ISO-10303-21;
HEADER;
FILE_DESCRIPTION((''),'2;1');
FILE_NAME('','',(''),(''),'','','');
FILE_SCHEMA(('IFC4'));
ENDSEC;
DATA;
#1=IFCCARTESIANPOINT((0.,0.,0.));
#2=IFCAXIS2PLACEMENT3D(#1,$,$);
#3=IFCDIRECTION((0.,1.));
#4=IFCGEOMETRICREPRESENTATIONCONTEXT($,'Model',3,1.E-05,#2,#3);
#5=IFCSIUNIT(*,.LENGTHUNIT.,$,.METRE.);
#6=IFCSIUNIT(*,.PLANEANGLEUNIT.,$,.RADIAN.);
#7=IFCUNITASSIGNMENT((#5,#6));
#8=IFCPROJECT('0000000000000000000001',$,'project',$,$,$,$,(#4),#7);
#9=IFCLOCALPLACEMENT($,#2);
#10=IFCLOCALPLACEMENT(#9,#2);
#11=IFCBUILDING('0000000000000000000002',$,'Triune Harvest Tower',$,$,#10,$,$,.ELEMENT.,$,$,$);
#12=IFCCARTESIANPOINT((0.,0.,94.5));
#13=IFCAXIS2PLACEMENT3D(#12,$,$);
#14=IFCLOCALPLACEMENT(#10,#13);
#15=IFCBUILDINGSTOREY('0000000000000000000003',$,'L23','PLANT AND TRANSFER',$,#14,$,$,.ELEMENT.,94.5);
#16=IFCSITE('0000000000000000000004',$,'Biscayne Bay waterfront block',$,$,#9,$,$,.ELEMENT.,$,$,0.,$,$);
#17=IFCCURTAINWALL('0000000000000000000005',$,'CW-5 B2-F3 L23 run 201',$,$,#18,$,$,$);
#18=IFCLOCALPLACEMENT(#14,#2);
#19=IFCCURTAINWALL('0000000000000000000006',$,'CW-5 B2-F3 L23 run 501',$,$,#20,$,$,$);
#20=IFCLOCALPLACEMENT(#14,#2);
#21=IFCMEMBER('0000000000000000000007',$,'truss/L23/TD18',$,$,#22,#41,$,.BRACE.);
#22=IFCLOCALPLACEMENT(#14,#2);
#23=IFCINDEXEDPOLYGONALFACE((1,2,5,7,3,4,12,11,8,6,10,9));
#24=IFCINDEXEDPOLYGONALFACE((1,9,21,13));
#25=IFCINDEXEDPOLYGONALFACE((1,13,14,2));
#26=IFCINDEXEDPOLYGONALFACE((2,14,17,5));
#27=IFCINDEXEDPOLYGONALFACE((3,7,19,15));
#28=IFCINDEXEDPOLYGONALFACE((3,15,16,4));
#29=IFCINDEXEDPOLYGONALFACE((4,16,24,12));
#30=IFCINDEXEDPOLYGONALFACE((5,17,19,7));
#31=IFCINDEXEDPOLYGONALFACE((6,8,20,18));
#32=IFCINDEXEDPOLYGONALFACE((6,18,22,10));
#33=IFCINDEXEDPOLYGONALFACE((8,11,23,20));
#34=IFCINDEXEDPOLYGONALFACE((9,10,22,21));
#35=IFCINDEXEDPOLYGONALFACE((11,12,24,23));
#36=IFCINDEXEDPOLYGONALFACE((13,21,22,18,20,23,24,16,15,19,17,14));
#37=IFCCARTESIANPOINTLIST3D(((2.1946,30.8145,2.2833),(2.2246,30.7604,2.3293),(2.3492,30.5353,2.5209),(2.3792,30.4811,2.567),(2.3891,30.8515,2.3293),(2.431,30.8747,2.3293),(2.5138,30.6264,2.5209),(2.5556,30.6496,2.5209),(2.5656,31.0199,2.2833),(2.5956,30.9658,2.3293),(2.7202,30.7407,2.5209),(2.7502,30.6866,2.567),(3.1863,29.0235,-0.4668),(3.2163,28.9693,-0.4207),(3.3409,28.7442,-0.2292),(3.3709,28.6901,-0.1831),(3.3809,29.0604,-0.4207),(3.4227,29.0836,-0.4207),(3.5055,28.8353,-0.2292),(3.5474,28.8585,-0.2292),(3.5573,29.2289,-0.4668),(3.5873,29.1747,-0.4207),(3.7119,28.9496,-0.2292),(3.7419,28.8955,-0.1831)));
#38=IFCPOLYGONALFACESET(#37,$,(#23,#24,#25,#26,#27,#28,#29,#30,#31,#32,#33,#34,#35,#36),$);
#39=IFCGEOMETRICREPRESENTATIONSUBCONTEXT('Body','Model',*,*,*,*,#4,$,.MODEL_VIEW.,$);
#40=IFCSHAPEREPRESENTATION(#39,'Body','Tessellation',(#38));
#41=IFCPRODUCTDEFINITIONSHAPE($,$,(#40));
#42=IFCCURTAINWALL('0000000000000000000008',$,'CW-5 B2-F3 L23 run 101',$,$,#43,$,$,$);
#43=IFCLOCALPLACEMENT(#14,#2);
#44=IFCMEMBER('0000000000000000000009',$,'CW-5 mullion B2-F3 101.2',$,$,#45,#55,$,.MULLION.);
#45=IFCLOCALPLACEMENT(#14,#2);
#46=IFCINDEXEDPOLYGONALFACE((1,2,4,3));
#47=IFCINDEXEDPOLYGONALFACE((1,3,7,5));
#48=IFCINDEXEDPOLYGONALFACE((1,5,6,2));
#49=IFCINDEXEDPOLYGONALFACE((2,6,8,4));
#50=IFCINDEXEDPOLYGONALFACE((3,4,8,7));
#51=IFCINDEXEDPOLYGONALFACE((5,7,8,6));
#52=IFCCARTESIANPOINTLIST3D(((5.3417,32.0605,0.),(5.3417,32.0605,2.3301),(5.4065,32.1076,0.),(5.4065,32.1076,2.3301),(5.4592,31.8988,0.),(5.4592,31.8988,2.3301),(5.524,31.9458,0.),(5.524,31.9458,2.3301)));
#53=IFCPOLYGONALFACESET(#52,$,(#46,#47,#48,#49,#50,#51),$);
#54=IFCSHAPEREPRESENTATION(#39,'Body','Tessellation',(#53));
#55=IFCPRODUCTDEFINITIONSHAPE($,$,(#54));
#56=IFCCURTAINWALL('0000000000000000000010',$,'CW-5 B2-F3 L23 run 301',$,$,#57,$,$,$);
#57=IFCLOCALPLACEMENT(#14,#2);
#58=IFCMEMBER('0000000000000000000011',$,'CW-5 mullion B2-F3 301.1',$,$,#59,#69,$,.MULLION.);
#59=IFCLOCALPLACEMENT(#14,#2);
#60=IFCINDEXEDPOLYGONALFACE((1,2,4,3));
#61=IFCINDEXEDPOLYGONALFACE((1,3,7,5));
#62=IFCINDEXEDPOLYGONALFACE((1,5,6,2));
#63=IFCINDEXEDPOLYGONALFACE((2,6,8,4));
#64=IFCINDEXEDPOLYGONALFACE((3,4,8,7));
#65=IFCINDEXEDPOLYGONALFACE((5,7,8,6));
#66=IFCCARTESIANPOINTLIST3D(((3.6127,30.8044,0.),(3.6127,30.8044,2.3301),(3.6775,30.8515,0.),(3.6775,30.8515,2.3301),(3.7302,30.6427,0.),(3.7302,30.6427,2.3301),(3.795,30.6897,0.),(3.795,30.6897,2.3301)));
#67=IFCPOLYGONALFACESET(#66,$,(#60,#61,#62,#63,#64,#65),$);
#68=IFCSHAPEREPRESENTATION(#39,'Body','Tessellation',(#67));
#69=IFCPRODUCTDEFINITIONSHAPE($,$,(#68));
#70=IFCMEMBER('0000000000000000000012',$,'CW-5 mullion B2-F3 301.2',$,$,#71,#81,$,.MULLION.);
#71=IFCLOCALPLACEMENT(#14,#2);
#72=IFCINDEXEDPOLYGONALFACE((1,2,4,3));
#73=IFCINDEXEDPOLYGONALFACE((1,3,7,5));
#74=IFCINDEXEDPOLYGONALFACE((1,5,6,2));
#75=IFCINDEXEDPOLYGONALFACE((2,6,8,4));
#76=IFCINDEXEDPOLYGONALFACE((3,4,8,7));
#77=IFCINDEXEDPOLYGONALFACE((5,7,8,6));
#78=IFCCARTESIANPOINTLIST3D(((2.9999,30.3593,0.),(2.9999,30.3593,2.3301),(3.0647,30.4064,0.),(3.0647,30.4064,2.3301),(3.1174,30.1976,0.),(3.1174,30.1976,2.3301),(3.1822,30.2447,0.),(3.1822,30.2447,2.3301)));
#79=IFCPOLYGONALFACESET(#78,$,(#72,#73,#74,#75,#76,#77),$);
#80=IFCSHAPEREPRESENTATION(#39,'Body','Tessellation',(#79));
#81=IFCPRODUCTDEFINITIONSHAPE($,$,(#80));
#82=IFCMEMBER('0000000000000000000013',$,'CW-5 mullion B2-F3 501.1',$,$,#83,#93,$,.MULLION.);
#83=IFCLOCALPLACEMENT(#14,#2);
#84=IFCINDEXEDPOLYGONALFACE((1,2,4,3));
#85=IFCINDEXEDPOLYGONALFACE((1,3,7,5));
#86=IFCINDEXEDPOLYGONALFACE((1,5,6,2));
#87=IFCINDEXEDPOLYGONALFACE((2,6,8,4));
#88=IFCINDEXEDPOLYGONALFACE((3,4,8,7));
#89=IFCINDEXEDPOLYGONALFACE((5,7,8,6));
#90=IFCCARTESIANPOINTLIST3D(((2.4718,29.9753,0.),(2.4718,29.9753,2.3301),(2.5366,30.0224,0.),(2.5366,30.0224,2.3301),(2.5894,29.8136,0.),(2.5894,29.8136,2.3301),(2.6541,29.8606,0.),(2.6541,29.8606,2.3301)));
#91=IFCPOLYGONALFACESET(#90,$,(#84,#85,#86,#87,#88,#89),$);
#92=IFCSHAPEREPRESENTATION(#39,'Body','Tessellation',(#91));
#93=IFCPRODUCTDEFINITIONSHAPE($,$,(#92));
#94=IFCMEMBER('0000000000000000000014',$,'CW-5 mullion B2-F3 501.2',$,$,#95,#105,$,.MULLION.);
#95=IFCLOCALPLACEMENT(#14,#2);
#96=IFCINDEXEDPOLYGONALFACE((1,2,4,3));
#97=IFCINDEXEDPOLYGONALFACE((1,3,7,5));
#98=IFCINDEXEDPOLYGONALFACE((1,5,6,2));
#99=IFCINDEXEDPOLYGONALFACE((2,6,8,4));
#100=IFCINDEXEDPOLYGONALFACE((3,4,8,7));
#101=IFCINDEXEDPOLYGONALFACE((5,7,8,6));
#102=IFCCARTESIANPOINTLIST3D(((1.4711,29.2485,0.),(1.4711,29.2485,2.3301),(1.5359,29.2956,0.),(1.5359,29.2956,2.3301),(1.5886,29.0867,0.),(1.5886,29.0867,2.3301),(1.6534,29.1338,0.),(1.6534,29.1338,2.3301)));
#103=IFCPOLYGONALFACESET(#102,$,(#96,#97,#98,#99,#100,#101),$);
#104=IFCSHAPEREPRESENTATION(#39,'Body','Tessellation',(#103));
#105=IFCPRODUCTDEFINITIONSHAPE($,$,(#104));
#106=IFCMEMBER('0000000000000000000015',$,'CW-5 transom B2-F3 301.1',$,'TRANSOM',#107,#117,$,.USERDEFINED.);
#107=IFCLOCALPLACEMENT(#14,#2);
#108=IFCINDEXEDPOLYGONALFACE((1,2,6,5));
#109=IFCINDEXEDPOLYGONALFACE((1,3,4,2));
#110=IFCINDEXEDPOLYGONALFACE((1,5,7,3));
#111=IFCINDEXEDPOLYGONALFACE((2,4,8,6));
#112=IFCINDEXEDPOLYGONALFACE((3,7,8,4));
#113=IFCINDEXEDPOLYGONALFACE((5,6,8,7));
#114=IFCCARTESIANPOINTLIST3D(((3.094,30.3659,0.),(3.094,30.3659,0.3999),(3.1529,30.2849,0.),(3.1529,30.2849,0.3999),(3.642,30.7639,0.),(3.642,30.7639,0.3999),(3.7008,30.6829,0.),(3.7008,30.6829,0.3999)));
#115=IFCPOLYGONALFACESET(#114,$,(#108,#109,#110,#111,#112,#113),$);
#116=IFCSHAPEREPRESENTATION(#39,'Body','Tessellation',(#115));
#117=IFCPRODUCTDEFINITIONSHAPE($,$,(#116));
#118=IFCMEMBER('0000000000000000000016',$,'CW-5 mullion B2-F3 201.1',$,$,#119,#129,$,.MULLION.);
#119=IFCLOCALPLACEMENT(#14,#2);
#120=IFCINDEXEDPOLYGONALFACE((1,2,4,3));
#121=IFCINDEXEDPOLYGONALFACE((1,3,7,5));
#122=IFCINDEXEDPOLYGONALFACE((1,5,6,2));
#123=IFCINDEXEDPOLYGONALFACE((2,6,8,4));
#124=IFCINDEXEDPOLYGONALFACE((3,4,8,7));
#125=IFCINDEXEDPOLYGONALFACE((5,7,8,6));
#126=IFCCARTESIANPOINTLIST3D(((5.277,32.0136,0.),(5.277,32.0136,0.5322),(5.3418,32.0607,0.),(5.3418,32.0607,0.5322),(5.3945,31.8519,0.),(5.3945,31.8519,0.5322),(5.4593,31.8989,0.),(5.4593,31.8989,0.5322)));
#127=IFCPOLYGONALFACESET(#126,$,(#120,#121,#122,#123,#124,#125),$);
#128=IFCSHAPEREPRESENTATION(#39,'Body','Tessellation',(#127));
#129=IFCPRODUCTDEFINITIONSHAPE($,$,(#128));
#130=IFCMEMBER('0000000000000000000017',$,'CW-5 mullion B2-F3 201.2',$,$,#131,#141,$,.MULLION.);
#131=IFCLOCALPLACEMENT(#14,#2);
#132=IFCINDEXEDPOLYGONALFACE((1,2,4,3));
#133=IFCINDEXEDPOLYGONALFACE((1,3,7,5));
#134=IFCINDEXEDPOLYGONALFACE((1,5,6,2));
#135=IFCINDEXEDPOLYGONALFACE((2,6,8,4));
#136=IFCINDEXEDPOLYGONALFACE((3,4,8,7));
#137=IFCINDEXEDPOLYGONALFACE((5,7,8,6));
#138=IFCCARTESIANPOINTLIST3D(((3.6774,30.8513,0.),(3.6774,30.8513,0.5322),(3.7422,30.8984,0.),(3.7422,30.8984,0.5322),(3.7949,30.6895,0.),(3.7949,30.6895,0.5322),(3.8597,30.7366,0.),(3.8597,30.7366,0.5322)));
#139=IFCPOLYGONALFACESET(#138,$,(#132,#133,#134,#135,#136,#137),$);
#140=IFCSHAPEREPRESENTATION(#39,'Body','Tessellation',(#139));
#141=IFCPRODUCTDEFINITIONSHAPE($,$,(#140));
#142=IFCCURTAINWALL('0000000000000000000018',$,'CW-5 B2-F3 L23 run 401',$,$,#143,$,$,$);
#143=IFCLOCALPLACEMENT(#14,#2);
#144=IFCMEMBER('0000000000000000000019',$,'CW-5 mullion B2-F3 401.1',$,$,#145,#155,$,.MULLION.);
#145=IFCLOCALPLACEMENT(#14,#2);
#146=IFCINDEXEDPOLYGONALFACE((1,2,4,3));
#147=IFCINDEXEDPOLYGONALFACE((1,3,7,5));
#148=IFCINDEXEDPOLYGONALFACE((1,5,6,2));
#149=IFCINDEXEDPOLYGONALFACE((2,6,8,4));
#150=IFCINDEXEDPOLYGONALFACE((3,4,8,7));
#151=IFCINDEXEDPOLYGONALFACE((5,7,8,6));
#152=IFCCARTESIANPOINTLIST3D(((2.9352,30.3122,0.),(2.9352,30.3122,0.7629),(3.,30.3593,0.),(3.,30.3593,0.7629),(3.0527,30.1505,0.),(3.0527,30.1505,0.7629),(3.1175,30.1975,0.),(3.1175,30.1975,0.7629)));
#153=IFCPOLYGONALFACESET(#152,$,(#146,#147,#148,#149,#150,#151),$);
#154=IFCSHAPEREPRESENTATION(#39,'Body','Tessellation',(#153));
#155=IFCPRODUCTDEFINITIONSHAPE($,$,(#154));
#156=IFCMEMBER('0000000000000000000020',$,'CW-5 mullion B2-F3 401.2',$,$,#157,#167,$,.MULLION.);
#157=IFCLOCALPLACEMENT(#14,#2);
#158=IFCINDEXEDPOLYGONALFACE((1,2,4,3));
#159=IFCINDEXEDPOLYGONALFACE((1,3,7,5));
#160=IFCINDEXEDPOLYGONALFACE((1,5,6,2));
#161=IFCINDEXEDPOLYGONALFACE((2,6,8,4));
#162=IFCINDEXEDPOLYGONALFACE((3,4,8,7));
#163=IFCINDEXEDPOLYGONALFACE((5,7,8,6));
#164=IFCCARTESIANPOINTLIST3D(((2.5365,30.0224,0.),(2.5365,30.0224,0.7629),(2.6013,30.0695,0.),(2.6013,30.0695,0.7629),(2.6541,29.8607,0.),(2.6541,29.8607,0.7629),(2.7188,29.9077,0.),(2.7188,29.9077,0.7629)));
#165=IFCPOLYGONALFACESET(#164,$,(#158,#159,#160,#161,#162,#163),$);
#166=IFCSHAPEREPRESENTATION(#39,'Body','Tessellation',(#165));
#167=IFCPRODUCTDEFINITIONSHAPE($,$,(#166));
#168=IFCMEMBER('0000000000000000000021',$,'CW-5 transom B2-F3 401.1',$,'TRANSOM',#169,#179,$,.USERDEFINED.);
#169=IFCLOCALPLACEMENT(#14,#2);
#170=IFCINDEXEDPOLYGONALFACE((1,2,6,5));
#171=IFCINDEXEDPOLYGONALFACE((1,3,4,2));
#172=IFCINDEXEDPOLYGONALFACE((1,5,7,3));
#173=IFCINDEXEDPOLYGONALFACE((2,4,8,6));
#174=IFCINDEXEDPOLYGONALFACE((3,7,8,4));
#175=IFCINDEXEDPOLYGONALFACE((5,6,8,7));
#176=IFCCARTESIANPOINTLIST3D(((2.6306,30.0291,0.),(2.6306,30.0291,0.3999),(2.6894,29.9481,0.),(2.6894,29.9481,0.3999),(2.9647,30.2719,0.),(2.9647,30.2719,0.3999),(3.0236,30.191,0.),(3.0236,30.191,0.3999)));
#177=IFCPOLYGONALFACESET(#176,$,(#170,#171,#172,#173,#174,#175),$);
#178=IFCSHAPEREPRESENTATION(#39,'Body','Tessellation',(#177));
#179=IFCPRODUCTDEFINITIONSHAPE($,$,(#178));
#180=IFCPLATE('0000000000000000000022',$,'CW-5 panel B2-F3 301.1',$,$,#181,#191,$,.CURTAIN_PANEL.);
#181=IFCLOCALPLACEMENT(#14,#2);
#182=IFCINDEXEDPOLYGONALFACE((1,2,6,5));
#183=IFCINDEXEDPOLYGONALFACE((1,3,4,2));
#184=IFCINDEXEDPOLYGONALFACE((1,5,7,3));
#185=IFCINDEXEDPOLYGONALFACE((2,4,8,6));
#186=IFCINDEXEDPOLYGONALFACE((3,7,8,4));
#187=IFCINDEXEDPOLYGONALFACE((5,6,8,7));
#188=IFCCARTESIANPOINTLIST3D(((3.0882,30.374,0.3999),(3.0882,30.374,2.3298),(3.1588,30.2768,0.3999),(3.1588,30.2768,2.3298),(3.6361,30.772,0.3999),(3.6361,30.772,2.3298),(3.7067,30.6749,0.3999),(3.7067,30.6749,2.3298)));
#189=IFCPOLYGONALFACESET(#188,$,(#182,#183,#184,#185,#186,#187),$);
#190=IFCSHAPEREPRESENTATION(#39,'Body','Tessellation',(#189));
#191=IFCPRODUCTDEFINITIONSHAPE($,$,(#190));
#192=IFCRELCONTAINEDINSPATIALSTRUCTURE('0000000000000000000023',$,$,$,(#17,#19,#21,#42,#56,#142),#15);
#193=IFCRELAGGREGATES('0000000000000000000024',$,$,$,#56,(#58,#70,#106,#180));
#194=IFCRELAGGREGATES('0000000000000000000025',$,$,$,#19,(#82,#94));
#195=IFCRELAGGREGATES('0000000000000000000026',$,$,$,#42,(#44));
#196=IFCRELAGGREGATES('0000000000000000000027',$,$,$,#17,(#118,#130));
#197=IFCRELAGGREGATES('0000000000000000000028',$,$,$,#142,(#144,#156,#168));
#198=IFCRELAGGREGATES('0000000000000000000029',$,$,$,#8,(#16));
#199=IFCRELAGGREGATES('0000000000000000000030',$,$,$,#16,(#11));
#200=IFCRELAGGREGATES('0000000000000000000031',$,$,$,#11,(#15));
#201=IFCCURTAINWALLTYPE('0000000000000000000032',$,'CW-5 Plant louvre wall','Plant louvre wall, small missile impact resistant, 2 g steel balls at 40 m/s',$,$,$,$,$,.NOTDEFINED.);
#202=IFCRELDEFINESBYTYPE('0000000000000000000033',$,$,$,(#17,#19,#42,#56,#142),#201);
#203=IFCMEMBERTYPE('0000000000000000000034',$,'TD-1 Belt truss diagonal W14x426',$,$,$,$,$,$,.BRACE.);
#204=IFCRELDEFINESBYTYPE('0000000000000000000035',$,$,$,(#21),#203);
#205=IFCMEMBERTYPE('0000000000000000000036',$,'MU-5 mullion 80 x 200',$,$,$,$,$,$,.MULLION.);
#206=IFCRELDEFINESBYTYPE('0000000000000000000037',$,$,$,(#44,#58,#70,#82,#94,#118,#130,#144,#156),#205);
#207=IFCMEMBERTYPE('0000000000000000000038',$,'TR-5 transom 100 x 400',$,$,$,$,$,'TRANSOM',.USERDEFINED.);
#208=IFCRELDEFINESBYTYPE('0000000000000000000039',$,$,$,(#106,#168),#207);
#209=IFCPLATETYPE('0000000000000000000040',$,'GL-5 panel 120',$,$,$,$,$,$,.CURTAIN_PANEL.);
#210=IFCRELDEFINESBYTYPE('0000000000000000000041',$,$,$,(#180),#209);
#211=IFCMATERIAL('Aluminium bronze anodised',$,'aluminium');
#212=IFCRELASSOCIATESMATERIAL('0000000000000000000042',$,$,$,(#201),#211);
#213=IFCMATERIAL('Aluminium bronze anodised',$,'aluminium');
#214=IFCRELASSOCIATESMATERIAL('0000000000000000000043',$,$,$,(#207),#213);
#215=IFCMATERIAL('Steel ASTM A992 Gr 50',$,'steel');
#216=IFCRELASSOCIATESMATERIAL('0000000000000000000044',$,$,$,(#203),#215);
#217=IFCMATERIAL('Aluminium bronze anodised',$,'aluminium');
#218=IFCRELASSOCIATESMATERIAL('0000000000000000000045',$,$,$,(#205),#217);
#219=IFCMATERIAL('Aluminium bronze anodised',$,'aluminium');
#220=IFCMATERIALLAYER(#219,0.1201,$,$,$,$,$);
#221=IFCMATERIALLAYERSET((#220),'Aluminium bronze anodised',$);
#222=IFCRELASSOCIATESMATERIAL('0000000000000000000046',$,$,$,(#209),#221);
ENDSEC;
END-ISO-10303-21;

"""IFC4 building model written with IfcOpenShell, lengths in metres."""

from ifc_helpers import new_model, si_unit, direction, frame, origin, origin_2d, place, context, subcontext, project, spatial, rectangle, i_section, extrude, source, transform, mapped, material, layer, layer_set, material_profile, profile_set, type_object, element, aggregate, save


model = new_model("IFC4")

# Units and contexts
model_context = context("Model", 3, precision=1e-05, world=origin(), true_north=direction((0.0, 1.0)))
body_context = subcontext(model_context, "Body", "Model", "MODEL_VIEW")
ifc_project = project(units=[si_unit("LENGTHUNIT", "METRE"), si_unit("PLANEANGLEUNIT", "RADIAN")], contexts=[model_context])

# Site, building, storey
site_placement = place(None, origin())
site = spatial("IfcSite", under=ifc_project, at=site_placement, Name="Biscayne Bay waterfront block", CompositionType="ELEMENT", RefElevation=0.0)
building_placement = place(site_placement, origin())
building = spatial("IfcBuilding", under=site, at=building_placement, Name="Triune Harvest Tower", CompositionType="ELEMENT")
storey_placement = place(building_placement, frame((0.0, 0.0, 94.5)))
storey = spatial("IfcBuildingStorey", under=building, at=storey_placement, Name="L23", Description="PLANT AND TRANSFER", CompositionType="ELEMENT", Elevation=94.5)

# Curtain walls
ifc_material_1 = material(Name="Aluminium bronze anodised", Category="aluminium")
curtain_wall_type = type_object("IfcCurtainWallType", Name="CW-5 Plant louvre wall", Description="Plant louvre wall, small missile impact resistant, 2 g steel balls at 40 m/s", PredefinedType="NOTDEFINED", material=ifc_material_1)
curtain_wall_1_placement = place(storey_placement, origin())
curtain_wall_1 = element("IfcCurtainWall", 1, at=curtain_wall_1_placement, inside=storey, type_object=curtain_wall_type, Name="CW-5 B2-F3 L23 run 201")
ifc_material_2 = material(Name="Aluminium bronze anodised", Category="aluminium")
ifc_material_profile_1 = material_profile(ifc_material_2, rectangle(XDim=0.1001, YDim=0.3999, at=origin_2d()), Name="TR-5 transom 100 x 400")
ifc_profile_set_1 = profile_set([ifc_material_profile_1], Name="Aluminium bronze anodised")
member_type_1 = type_object("IfcMemberType", Name="TR-5 transom 100 x 400", ElementType="TRANSOM", PredefinedType="USERDEFINED", material=ifc_profile_set_1)
curtain_wall_2_placement = place(storey_placement, origin())
curtain_wall_2 = element("IfcCurtainWall", 2, at=curtain_wall_2_placement, inside=storey, type_object=curtain_wall_type, Name="CW-5 B2-F3 L23 run 501")

# Member
ifc_material_3 = material(Name="Steel ASTM A992 Gr 50", Category="steel")
ifc_material_profile_2 = material_profile(ifc_material_3, i_section(OverallWidth=0.4241, OverallDepth=0.4751, WebThickness=0.0479, FlangeThickness=0.0771, at=origin_2d()), Name="W14x426")
ifc_profile_set_2 = profile_set([ifc_material_profile_2], Name="Steel ASTM A992 Gr 50")
member_type_2 = type_object("IfcMemberType", Name="TD-1 Belt truss diagonal W14x426", PredefinedType="BRACE", material=ifc_profile_set_2)
shared_shape_1 = source(origin(), body_context, "Body", "SweptSolid", [
    extrude(i_section(OverallWidth=0.4241, OverallDepth=0.4751, WebThickness=0.0479, FlangeThickness=0.0771, at=origin_2d()), origin(), (0.0, 0.0, 1.0), 3.4285),
])
member_1_placement = place(storey_placement, frame((3.4641, 28.9595, -0.325), z_axis=(-0.289263, 0.522411, 0.802131), x_axis=(-0.874843, -0.484407, 0.0)))
element("IfcMember", 3, at=member_1_placement, inside=storey, type_object=member_type_2, Name="truss/L23/TD18", PredefinedType="BRACE", context=body_context, shape_type="MappedRepresentation", body=[
    mapped(shared_shape_1, transform((0.0, 0.0, 0.0), scale=1.0)),
])

# Curtain wall, member
curtain_wall_3_placement = place(storey_placement, origin())
curtain_wall_3 = element("IfcCurtainWall", 4, at=curtain_wall_3_placement, inside=storey, type_object=curtain_wall_type, Name="CW-5 B2-F3 L23 run 101")
ifc_material_4 = material(Name="Aluminium bronze anodised", Category="aluminium")
ifc_material_profile_3 = material_profile(ifc_material_4, rectangle(XDim=0.2, YDim=0.0801, at=origin_2d()), Name="MU-5 mullion 80 x 200")
ifc_profile_set_3 = profile_set([ifc_material_profile_3], Name="Aluminium bronze anodised")
member_type_3 = type_object("IfcMemberType", Name="MU-5 mullion 80 x 200", PredefinedType="MULLION", material=ifc_profile_set_3)
shared_shape_2 = source(origin(), body_context, "Body", "SweptSolid", [
    extrude(rectangle(XDim=0.2, YDim=0.0801, at=origin_2d()), origin(), (0.0, 0.0, 1.0), 2.3301),
])
member_2_placement = place(storey_placement, frame((5.4329, 32.0032, 0.0), z_axis=(0.0, 0.0, 1.0), x_axis=(0.587791, -0.809013, 0.0)))
member_2 = element("IfcMember", 5, at=member_2_placement, type_object=member_type_3, Name="CW-5 mullion B2-F3 101.2", PredefinedType="MULLION", context=body_context, shape_type="MappedRepresentation", body=[
    mapped(shared_shape_2, transform((0.0, 0.0, 0.0), scale=1.0)),
])

# Curtain wall, members
curtain_wall_4_placement = place(storey_placement, origin())
curtain_wall_4 = element("IfcCurtainWall", 6, at=curtain_wall_4_placement, inside=storey, type_object=curtain_wall_type, Name="CW-5 B2-F3 L23 run 301")
member_3_placement = place(storey_placement, frame((3.7039, 30.7471, 0.0), z_axis=(0.0, 0.0, 1.0), x_axis=(0.587795, -0.80901, 0.0)))
member_3 = element("IfcMember", 7, at=member_3_placement, type_object=member_type_3, Name="CW-5 mullion B2-F3 301.1", PredefinedType="MULLION", context=body_context, shape_type="MappedRepresentation", body=[
    mapped(shared_shape_2, transform((0.0, 0.0, 0.0), scale=1.0)),
])
member_4_placement = place(storey_placement, frame((3.0911, 30.302, 0.0), z_axis=(0.0, 0.0, 1.0), x_axis=(0.587795, -0.80901, 0.0)))
member_4 = element("IfcMember", 8, at=member_4_placement, type_object=member_type_3, Name="CW-5 mullion B2-F3 301.2", PredefinedType="MULLION", context=body_context, shape_type="MappedRepresentation", body=[
    mapped(shared_shape_2, transform((0.0, 0.0, 0.0), scale=1.0)),
])

# Members
member_5_placement = place(storey_placement, frame((2.563, 29.918, 0.0), z_axis=(0.0, 0.0, 1.0), x_axis=(0.587792, -0.809012, 0.0)))
member_5 = element("IfcMember", 9, at=member_5_placement, type_object=member_type_3, Name="CW-5 mullion B2-F3 501.1", PredefinedType="MULLION", context=body_context, shape_type="MappedRepresentation", body=[
    mapped(shared_shape_2, transform((0.0, 0.0, 0.0), scale=1.0)),
])
member_6_placement = place(storey_placement, frame((1.5623, 29.1912, 0.0), z_axis=(0.0, 0.0, 1.0), x_axis=(0.587792, -0.809012, 0.0)))
member_6 = element("IfcMember", 10, at=member_6_placement, type_object=member_type_3, Name="CW-5 mullion B2-F3 501.2", PredefinedType="MULLION", context=body_context, shape_type="MappedRepresentation", body=[
    mapped(shared_shape_2, transform((0.0, 0.0, 0.0), scale=1.0)),
])
shared_shape_3 = source(origin(), body_context, "Body", "SweptSolid", [
    extrude(rectangle(XDim=0.1001, YDim=0.3999, at=origin_2d()), origin(), (0.0, 0.0, 1.0), 0.6772),
])
member_7_placement = place(storey_placement, frame((3.6714, 30.7234, 0.2), z_axis=(-0.809079, -0.5877, 0.0), x_axis=(0.5877, -0.809079, 0.0)))
member_7 = element("IfcMember", 11, at=member_7_placement, type_object=member_type_1, Name="CW-5 transom B2-F3 301.1", ObjectType="TRANSOM", PredefinedType="USERDEFINED", context=body_context, shape_type="MappedRepresentation", body=[
    mapped(shared_shape_3, transform((0.0, 0.0, 0.0), scale=1.0)),
])
shared_shape_4 = source(origin(), body_context, "Body", "SweptSolid", [
    extrude(rectangle(XDim=0.2, YDim=0.0801, at=origin_2d()), origin(), (0.0, 0.0, 1.0), 0.5322),
])
member_8_placement = place(storey_placement, frame((5.3682, 31.9563, 0.0), z_axis=(0.0, 0.0, 1.0), x_axis=(0.587767, -0.80903, 0.0)))
member_8 = element("IfcMember", 12, at=member_8_placement, type_object=member_type_3, Name="CW-5 mullion B2-F3 201.1", PredefinedType="MULLION", context=body_context, shape_type="MappedRepresentation", body=[
    mapped(shared_shape_4, transform((0.0, 0.0, 0.0), scale=1.0)),
])
member_9_placement = place(storey_placement, frame((3.7686, 30.7939, 0.0), z_axis=(0.0, 0.0, 1.0), x_axis=(0.587767, -0.80903, 0.0)))
member_9 = element("IfcMember", 13, at=member_9_placement, type_object=member_type_3, Name="CW-5 mullion B2-F3 201.2", PredefinedType="MULLION", context=body_context, shape_type="MappedRepresentation", body=[
    mapped(shared_shape_4, transform((0.0, 0.0, 0.0), scale=1.0)),
])

# Curtain wall, members
curtain_wall_5_placement = place(storey_placement, origin())
curtain_wall_5 = element("IfcCurtainWall", 14, at=curtain_wall_5_placement, inside=storey, type_object=curtain_wall_type, Name="CW-5 B2-F3 L23 run 401")
shared_shape_5 = source(origin(), body_context, "Body", "SweptSolid", [
    extrude(rectangle(XDim=0.2, YDim=0.0801, at=origin_2d()), origin(), (0.0, 0.0, 1.0), 0.7629),
])
member_10_placement = place(storey_placement, frame((3.0264, 30.2549, 0.0), z_axis=(0.0, 0.0, 1.0), x_axis=(0.58784, -0.808978, 0.0)))
member_10 = element("IfcMember", 15, at=member_10_placement, type_object=member_type_3, Name="CW-5 mullion B2-F3 401.1", PredefinedType="MULLION", context=body_context, shape_type="MappedRepresentation", body=[
    mapped(shared_shape_5, transform((0.0, 0.0, 0.0), scale=1.0)),
])
member_11_placement = place(storey_placement, frame((2.6277, 29.9651, 0.0), z_axis=(0.0, 0.0, 1.0), x_axis=(0.58784, -0.808978, 0.0)))
member_11 = element("IfcMember", 16, at=member_11_placement, type_object=member_type_3, Name="CW-5 mullion B2-F3 401.2", PredefinedType="MULLION", context=body_context, shape_type="MappedRepresentation", body=[
    mapped(shared_shape_5, transform((0.0, 0.0, 0.0), scale=1.0)),
])
shared_shape_6 = source(origin(), body_context, "Body", "SweptSolid", [
    extrude(rectangle(XDim=0.1001, YDim=0.3999, at=origin_2d()), origin(), (0.0, 0.0, 1.0), 0.4131),
])
member_12_placement = place(storey_placement, frame((2.9941, 30.2314, 0.2), z_axis=(-0.808915, -0.587926, 0.0), x_axis=(0.587926, -0.808915, 0.0)))
member_12 = element("IfcMember", 17, at=member_12_placement, type_object=member_type_1, Name="CW-5 transom B2-F3 401.1", ObjectType="TRANSOM", PredefinedType="USERDEFINED", context=body_context, shape_type="MappedRepresentation", body=[
    mapped(shared_shape_6, transform((0.0, 0.0, 0.0), scale=1.0)),
])

# Plate
ifc_material_5 = material(Name="Aluminium bronze anodised", Category="aluminium")
ifc_layer_1 = layer(ifc_material_5, 0.1201)
ifc_layer_set_1 = layer_set([ifc_layer_1], Name="Aluminium bronze anodised")
plate_type = type_object("IfcPlateType", Name="GL-5 panel 120", PredefinedType="CURTAIN_PANEL", material=ifc_layer_set_1)
plate_1_placement = place(storey_placement, frame((3.3975, 30.5244, 0.3999), z_axis=(0.0, 0.0, 1.0), x_axis=(-0.80901, -0.587795, 0.0)))
plate_1 = element("IfcPlate", 18, at=plate_1_placement, type_object=plate_type, Name="CW-5 panel B2-F3 301.1", PredefinedType="CURTAIN_PANEL", context=body_context, shape_type="SweptSolid", body=[
    extrude(rectangle(XDim=0.6772, YDim=0.1201, at=origin_2d()), origin(), (0.0, 0.0, 1.0), 1.9299),
])
aggregate(curtain_wall_4, [member_3, member_4, member_7, plate_1])
aggregate(curtain_wall_2, [member_5, member_6])
aggregate(curtain_wall_3, [member_2])
aggregate(curtain_wall_1, [member_8, member_9])
aggregate(curtain_wall_5, [member_10, member_11, member_12])

save(model, "model.ifc")
